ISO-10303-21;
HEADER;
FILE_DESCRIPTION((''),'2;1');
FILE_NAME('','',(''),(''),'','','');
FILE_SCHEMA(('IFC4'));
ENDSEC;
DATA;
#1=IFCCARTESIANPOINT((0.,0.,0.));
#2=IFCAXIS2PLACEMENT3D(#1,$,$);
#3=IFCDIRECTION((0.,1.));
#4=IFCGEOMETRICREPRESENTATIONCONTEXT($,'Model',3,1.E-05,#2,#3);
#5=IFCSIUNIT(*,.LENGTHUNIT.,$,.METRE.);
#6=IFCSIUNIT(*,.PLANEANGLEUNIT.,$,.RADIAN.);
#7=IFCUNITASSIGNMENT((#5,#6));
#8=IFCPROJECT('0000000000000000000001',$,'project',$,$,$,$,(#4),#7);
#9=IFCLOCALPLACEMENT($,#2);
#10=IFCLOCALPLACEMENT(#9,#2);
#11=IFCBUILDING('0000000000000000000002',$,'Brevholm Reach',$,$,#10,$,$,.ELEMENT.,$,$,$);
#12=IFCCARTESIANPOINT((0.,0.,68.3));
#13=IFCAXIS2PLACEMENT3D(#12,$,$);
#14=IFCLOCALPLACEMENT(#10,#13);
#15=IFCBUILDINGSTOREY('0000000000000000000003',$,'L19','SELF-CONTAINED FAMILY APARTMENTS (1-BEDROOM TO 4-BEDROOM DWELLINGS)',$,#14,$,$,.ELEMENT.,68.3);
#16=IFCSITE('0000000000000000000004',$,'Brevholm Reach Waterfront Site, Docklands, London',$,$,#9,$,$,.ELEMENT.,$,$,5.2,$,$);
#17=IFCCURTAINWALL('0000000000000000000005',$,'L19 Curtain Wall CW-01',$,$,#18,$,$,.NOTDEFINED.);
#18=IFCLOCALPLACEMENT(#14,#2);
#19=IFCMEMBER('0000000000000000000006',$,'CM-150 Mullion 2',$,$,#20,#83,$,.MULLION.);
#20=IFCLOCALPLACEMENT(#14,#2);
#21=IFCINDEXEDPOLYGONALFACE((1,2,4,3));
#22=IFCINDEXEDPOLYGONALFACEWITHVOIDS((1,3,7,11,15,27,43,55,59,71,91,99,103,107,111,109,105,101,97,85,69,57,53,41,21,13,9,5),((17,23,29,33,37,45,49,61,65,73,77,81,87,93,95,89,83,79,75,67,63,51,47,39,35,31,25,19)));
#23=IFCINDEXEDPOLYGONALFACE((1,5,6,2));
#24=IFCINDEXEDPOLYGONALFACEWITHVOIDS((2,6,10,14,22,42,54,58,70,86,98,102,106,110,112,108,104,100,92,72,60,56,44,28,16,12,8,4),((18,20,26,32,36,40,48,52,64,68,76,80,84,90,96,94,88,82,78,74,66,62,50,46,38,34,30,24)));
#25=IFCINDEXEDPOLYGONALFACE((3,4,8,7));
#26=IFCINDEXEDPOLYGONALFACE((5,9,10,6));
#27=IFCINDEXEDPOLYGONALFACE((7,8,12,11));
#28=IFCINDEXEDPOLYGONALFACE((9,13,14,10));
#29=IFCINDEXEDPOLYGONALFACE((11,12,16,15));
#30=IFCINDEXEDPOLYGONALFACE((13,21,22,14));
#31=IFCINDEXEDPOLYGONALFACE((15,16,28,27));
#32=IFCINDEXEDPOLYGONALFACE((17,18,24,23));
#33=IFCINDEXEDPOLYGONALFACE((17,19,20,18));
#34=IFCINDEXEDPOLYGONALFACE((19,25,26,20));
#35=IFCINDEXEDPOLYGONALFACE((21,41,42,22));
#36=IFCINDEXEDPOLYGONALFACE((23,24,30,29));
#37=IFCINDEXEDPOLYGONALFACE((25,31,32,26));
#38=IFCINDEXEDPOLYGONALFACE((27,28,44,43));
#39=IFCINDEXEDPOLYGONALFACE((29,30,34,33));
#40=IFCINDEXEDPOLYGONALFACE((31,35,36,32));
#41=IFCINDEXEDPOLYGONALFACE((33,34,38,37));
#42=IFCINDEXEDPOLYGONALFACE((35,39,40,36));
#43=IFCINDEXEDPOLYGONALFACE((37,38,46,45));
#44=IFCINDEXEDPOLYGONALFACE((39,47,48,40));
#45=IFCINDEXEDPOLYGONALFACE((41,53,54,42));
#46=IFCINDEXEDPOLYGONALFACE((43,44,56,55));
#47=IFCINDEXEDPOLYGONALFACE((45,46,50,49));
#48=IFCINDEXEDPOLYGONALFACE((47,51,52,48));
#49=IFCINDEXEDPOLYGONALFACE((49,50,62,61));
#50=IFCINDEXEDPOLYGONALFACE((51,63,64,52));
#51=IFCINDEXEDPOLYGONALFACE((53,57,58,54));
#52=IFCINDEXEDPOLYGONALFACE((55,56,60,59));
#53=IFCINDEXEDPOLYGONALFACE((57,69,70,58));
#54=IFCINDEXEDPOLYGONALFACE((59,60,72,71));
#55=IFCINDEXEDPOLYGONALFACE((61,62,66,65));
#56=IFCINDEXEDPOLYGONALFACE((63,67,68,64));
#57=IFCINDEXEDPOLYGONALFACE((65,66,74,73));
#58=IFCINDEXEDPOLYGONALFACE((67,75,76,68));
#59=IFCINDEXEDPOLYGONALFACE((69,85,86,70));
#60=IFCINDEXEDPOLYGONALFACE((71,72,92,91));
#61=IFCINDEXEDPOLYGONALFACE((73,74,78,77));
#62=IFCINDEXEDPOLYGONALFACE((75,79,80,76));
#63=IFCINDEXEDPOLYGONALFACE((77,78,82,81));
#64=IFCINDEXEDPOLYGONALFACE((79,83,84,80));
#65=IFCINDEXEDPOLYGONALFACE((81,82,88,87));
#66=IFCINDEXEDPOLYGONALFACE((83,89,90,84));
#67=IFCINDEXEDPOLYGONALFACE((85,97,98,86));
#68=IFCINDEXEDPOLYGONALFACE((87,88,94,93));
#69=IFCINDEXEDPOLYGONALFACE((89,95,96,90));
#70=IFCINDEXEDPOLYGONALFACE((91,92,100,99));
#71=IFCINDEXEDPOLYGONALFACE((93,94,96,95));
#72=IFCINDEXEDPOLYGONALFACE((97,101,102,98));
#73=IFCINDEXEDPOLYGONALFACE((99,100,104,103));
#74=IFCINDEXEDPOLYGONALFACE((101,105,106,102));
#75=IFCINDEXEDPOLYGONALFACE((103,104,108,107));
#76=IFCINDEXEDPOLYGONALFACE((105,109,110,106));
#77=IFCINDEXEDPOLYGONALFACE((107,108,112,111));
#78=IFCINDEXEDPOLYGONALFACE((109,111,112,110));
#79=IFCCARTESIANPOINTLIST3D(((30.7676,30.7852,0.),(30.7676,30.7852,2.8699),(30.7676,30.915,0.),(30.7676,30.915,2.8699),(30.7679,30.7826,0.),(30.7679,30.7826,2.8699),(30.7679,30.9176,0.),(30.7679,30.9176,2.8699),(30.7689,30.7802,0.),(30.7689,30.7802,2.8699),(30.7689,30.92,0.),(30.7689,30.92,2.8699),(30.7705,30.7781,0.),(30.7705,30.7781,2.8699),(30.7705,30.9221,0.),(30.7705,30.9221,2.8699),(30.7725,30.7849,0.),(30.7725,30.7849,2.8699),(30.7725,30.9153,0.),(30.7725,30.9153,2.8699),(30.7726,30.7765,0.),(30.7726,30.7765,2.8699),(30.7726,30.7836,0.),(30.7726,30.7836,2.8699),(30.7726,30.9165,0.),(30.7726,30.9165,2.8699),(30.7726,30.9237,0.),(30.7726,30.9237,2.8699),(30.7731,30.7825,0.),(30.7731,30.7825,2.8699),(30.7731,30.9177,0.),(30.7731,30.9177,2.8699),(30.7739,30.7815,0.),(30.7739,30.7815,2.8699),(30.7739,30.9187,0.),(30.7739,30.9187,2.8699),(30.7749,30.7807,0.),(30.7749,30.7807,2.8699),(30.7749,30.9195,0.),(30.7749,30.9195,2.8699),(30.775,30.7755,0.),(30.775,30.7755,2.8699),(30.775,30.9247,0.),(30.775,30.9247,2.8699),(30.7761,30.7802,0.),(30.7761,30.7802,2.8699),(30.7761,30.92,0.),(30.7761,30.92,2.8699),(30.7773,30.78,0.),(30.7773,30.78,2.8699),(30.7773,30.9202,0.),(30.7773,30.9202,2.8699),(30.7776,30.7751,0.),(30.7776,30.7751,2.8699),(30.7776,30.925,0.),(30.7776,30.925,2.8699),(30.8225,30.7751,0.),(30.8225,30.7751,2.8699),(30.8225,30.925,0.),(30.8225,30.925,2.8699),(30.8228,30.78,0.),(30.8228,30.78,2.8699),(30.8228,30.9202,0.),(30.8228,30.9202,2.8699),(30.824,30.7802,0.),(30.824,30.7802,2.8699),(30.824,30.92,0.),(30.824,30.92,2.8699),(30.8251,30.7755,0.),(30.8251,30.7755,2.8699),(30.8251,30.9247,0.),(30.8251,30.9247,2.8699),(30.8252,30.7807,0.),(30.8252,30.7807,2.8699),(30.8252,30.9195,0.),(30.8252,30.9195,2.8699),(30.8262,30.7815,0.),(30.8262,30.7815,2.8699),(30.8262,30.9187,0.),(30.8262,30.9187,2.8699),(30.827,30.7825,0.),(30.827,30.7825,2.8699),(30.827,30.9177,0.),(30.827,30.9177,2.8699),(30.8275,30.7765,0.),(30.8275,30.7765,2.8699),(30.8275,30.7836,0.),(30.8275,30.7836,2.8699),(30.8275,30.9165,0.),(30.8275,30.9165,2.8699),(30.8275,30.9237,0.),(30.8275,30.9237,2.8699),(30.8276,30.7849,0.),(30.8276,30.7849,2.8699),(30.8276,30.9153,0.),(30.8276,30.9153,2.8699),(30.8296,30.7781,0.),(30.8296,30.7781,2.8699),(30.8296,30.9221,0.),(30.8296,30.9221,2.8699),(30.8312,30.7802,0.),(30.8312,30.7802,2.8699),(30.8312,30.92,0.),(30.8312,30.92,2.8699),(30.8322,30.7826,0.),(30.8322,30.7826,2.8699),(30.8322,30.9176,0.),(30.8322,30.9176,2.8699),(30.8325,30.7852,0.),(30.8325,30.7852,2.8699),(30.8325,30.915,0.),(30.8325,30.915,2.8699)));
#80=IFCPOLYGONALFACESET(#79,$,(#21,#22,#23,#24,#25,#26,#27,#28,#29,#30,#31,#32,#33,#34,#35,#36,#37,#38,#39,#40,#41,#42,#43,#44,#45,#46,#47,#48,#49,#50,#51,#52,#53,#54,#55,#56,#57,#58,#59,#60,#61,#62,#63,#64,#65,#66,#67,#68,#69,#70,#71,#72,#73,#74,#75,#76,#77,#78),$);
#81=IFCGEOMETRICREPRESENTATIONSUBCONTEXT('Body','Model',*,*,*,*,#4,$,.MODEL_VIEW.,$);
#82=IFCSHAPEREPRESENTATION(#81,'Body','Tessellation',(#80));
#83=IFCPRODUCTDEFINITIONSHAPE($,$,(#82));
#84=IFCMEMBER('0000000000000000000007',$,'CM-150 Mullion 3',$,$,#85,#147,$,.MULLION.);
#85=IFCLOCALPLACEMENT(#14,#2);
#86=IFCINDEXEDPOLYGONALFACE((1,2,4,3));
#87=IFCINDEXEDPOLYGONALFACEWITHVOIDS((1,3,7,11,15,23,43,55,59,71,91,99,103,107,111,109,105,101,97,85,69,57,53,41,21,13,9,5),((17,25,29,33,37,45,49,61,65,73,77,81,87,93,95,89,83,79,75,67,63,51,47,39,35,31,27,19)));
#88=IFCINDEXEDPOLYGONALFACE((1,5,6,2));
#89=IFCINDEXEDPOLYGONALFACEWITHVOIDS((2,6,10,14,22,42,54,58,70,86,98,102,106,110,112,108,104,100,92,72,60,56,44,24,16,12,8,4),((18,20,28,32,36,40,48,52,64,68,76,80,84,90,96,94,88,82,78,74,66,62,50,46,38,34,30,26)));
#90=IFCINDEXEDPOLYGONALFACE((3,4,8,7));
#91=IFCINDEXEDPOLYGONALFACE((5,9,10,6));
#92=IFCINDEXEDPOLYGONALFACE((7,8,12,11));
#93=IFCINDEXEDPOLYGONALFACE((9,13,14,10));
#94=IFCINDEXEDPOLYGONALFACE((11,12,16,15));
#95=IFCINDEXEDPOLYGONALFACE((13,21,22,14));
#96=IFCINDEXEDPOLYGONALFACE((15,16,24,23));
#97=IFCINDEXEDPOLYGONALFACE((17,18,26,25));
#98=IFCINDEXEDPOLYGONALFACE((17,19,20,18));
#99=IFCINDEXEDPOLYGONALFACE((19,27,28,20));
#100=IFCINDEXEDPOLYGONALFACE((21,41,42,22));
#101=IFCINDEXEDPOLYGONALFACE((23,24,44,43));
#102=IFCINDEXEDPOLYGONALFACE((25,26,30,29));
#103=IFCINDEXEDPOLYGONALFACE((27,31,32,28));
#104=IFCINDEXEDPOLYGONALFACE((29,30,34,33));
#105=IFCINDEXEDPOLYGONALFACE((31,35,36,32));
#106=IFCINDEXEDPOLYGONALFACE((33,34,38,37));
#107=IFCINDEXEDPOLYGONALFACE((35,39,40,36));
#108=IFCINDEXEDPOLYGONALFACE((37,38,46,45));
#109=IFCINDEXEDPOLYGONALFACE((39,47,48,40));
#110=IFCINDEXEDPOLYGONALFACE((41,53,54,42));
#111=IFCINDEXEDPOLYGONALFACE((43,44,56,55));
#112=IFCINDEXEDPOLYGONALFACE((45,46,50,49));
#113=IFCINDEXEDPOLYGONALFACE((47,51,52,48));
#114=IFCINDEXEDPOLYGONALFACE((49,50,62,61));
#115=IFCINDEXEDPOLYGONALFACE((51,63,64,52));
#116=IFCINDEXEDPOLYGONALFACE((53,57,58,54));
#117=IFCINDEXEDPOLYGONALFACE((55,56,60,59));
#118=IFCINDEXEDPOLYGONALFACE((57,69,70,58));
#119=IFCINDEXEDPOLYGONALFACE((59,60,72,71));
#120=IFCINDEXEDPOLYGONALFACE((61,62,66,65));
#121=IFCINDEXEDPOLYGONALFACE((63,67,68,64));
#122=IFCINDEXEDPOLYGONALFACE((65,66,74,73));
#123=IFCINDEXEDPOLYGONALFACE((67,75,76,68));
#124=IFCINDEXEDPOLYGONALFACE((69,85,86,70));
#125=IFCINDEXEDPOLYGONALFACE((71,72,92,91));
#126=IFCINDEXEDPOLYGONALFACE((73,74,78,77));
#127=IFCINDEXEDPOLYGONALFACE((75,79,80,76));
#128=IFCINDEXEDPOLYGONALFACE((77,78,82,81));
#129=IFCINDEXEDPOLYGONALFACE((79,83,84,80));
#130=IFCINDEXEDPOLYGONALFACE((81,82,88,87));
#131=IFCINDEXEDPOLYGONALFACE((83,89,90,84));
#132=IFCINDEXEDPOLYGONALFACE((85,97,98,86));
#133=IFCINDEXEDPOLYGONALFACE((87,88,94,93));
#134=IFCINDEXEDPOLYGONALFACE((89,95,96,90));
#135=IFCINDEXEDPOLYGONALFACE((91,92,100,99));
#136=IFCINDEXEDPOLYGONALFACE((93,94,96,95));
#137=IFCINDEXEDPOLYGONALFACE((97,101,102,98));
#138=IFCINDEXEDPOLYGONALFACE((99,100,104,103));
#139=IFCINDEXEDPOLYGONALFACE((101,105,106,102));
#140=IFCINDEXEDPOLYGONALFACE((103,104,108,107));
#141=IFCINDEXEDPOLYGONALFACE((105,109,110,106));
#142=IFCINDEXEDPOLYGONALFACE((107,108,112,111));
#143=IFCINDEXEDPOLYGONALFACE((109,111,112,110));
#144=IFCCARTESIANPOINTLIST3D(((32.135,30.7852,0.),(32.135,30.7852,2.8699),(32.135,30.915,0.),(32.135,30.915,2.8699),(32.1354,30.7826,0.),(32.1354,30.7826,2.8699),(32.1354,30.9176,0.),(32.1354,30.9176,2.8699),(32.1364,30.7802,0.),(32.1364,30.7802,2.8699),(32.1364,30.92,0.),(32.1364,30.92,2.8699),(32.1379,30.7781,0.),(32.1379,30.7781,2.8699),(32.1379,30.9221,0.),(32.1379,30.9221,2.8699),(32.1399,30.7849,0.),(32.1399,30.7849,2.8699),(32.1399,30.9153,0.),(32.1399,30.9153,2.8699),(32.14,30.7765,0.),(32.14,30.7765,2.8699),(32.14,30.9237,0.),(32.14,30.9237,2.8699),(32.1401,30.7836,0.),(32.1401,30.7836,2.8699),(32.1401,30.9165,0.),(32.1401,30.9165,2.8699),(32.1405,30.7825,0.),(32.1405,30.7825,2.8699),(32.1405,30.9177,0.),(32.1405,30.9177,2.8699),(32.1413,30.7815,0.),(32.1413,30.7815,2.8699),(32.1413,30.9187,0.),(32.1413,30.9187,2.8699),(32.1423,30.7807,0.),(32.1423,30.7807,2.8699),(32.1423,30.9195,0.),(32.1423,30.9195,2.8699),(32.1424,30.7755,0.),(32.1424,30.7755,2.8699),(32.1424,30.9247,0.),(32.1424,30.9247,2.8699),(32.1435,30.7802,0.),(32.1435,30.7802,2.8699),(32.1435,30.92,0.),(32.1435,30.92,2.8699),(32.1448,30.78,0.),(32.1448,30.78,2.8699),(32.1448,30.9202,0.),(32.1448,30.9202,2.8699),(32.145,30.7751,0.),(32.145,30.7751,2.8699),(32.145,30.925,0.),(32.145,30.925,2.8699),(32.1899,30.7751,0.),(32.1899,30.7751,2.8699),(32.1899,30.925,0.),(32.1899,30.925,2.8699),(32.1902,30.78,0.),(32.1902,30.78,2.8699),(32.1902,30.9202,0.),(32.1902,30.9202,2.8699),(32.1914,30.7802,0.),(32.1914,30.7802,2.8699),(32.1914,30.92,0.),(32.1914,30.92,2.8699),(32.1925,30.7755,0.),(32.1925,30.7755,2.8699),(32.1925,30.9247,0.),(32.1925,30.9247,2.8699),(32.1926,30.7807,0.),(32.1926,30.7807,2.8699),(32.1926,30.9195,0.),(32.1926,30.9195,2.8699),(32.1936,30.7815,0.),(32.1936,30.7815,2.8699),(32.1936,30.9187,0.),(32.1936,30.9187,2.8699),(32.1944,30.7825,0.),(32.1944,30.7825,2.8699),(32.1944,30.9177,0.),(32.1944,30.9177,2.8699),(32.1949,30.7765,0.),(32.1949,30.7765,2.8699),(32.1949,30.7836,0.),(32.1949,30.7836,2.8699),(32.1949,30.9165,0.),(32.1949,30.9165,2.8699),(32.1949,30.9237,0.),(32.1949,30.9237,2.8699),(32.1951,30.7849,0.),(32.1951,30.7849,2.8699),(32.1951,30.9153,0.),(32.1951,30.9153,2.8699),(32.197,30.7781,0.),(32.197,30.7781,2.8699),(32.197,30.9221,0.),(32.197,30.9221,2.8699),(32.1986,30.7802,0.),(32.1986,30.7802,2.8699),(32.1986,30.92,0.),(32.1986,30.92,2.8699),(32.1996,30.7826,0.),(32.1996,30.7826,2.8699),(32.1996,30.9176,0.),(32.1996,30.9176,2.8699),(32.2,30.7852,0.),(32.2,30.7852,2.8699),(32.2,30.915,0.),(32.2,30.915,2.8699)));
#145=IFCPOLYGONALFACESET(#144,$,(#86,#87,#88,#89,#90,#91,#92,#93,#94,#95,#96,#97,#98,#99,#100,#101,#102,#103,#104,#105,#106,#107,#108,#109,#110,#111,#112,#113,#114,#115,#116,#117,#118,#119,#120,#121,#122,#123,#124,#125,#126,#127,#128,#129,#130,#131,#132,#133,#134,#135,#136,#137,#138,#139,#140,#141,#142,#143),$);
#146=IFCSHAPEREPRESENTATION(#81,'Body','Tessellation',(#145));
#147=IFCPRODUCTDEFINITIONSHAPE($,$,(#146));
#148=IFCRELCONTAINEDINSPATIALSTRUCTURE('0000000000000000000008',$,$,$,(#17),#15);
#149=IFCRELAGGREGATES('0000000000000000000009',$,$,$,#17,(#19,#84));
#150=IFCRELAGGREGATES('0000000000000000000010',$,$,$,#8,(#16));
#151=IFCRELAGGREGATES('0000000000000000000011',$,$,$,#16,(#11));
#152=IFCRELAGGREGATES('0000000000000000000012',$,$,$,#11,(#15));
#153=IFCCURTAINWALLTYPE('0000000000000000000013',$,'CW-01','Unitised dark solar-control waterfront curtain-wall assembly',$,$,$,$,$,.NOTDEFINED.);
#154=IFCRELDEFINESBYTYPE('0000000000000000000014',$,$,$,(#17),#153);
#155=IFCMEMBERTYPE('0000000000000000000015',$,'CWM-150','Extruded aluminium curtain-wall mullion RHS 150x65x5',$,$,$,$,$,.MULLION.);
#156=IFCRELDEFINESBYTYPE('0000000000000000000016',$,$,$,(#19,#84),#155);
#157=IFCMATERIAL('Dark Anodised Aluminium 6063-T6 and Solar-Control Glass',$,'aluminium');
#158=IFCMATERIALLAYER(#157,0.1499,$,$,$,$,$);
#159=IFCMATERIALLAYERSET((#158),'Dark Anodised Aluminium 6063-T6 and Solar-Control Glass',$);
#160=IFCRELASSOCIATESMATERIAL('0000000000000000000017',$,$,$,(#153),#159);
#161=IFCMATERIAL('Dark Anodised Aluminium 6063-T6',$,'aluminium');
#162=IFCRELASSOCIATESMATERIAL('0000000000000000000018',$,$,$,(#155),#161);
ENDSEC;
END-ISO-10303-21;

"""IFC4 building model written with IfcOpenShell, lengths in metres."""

from ifc_helpers import new_model, si_unit, direction, frame, origin, origin_2d, place, context, subcontext, project, spatial, hollow_rectangle, extrude, material, layer, layer_set, material_profile, profile_set, type_object, element, aggregate, save


model = new_model("IFC4")

# Units and contexts
model_context = context("Model", 3, precision=1e-05, world=origin(), true_north=direction((0.0, 1.0)))
body_context = subcontext(model_context, "Body", "Model", "MODEL_VIEW")
ifc_project = project(units=[si_unit("LENGTHUNIT", "METRE"), si_unit("PLANEANGLEUNIT", "RADIAN")], contexts=[model_context])

# Site, building, storey
site_placement = place(None, origin())
site = spatial("IfcSite", under=ifc_project, at=site_placement, Name="Brevholm Reach Waterfront Site, Docklands, London", CompositionType="ELEMENT", RefElevation=5.2)
building_placement = place(site_placement, origin())
building = spatial("IfcBuilding", under=site, at=building_placement, Name="Brevholm Reach", CompositionType="ELEMENT")
storey_placement = place(building_placement, frame((0.0, 0.0, 68.3)))
storey = spatial("IfcBuildingStorey", under=building, at=storey_placement, Name="L19", Description="SELF-CONTAINED FAMILY APARTMENTS (1-BEDROOM TO 4-BEDROOM DWELLINGS)", CompositionType="ELEMENT", Elevation=68.3)

# Curtain wall, members
ifc_material_1 = material(Name="Dark Anodised Aluminium 6063-T6 and Solar-Control Glass", Category="aluminium")
ifc_layer_1 = layer(ifc_material_1, 0.1499)
ifc_layer_set_1 = layer_set([ifc_layer_1], Name="Dark Anodised Aluminium 6063-T6 and Solar-Control Glass")
curtain_wall_type_1 = type_object("IfcCurtainWallType", Name="CW-01", Description="Unitised dark solar-control waterfront curtain-wall assembly", PredefinedType="NOTDEFINED", material=ifc_layer_set_1)
curtain_wall_1_placement = place(storey_placement, origin())
curtain_wall_1 = element("IfcCurtainWall", 1, at=curtain_wall_1_placement, inside=storey, type_object=curtain_wall_type_1, Name="L19 Curtain Wall CW-01", PredefinedType="NOTDEFINED")
ifc_material_2 = material(Name="Dark Anodised Aluminium 6063-T6", Category="aluminium")
ifc_material_profile_1 = material_profile(ifc_material_2, hollow_rectangle(XDim=0.0649, YDim=0.1499, WallThickness=0.0049, InnerFilletRadius=0.0049, OuterFilletRadius=0.01, at=origin_2d()), Name="RHS 150x65x5")
ifc_profile_set_1 = profile_set([ifc_material_profile_1], Name="Dark Anodised Aluminium 6063-T6")
member_type_1 = type_object("IfcMemberType", Name="CWM-150", Description="Extruded aluminium curtain-wall mullion RHS 150x65x5", PredefinedType="MULLION", material=ifc_profile_set_1)
member_1_placement = place(storey_placement, frame((30.8, 30.8501, 0.0), z_axis=(0.0, 0.0, 1.0), x_axis=(1.0, 0.0, 0.0)))
member_1 = element("IfcMember", 2, at=member_1_placement, type_object=member_type_1, Name="CM-150 Mullion 2", PredefinedType="MULLION", context=body_context, shape_type="SweptSolid", body=[
    extrude(hollow_rectangle(XDim=0.0649, YDim=0.1499, WallThickness=0.0049, InnerFilletRadius=0.0049, OuterFilletRadius=0.01, at=origin_2d()), origin(), (0.0, 0.0, 1.0), 2.8699),
])
member_2_placement = place(storey_placement, frame((32.1675, 30.8501, 0.0), z_axis=(0.0, 0.0, 1.0), x_axis=(1.0, 0.0, 0.0)))
member_2 = element("IfcMember", 3, at=member_2_placement, type_object=member_type_1, Name="CM-150 Mullion 3", PredefinedType="MULLION", context=body_context, shape_type="SweptSolid", body=[
    extrude(hollow_rectangle(XDim=0.0649, YDim=0.1499, WallThickness=0.0049, InnerFilletRadius=0.0049, OuterFilletRadius=0.01, at=origin_2d()), origin(), (0.0, 0.0, 1.0), 2.8699),
])

aggregate(curtain_wall_1, [member_1, member_2])

save(model, "model.ifc")
